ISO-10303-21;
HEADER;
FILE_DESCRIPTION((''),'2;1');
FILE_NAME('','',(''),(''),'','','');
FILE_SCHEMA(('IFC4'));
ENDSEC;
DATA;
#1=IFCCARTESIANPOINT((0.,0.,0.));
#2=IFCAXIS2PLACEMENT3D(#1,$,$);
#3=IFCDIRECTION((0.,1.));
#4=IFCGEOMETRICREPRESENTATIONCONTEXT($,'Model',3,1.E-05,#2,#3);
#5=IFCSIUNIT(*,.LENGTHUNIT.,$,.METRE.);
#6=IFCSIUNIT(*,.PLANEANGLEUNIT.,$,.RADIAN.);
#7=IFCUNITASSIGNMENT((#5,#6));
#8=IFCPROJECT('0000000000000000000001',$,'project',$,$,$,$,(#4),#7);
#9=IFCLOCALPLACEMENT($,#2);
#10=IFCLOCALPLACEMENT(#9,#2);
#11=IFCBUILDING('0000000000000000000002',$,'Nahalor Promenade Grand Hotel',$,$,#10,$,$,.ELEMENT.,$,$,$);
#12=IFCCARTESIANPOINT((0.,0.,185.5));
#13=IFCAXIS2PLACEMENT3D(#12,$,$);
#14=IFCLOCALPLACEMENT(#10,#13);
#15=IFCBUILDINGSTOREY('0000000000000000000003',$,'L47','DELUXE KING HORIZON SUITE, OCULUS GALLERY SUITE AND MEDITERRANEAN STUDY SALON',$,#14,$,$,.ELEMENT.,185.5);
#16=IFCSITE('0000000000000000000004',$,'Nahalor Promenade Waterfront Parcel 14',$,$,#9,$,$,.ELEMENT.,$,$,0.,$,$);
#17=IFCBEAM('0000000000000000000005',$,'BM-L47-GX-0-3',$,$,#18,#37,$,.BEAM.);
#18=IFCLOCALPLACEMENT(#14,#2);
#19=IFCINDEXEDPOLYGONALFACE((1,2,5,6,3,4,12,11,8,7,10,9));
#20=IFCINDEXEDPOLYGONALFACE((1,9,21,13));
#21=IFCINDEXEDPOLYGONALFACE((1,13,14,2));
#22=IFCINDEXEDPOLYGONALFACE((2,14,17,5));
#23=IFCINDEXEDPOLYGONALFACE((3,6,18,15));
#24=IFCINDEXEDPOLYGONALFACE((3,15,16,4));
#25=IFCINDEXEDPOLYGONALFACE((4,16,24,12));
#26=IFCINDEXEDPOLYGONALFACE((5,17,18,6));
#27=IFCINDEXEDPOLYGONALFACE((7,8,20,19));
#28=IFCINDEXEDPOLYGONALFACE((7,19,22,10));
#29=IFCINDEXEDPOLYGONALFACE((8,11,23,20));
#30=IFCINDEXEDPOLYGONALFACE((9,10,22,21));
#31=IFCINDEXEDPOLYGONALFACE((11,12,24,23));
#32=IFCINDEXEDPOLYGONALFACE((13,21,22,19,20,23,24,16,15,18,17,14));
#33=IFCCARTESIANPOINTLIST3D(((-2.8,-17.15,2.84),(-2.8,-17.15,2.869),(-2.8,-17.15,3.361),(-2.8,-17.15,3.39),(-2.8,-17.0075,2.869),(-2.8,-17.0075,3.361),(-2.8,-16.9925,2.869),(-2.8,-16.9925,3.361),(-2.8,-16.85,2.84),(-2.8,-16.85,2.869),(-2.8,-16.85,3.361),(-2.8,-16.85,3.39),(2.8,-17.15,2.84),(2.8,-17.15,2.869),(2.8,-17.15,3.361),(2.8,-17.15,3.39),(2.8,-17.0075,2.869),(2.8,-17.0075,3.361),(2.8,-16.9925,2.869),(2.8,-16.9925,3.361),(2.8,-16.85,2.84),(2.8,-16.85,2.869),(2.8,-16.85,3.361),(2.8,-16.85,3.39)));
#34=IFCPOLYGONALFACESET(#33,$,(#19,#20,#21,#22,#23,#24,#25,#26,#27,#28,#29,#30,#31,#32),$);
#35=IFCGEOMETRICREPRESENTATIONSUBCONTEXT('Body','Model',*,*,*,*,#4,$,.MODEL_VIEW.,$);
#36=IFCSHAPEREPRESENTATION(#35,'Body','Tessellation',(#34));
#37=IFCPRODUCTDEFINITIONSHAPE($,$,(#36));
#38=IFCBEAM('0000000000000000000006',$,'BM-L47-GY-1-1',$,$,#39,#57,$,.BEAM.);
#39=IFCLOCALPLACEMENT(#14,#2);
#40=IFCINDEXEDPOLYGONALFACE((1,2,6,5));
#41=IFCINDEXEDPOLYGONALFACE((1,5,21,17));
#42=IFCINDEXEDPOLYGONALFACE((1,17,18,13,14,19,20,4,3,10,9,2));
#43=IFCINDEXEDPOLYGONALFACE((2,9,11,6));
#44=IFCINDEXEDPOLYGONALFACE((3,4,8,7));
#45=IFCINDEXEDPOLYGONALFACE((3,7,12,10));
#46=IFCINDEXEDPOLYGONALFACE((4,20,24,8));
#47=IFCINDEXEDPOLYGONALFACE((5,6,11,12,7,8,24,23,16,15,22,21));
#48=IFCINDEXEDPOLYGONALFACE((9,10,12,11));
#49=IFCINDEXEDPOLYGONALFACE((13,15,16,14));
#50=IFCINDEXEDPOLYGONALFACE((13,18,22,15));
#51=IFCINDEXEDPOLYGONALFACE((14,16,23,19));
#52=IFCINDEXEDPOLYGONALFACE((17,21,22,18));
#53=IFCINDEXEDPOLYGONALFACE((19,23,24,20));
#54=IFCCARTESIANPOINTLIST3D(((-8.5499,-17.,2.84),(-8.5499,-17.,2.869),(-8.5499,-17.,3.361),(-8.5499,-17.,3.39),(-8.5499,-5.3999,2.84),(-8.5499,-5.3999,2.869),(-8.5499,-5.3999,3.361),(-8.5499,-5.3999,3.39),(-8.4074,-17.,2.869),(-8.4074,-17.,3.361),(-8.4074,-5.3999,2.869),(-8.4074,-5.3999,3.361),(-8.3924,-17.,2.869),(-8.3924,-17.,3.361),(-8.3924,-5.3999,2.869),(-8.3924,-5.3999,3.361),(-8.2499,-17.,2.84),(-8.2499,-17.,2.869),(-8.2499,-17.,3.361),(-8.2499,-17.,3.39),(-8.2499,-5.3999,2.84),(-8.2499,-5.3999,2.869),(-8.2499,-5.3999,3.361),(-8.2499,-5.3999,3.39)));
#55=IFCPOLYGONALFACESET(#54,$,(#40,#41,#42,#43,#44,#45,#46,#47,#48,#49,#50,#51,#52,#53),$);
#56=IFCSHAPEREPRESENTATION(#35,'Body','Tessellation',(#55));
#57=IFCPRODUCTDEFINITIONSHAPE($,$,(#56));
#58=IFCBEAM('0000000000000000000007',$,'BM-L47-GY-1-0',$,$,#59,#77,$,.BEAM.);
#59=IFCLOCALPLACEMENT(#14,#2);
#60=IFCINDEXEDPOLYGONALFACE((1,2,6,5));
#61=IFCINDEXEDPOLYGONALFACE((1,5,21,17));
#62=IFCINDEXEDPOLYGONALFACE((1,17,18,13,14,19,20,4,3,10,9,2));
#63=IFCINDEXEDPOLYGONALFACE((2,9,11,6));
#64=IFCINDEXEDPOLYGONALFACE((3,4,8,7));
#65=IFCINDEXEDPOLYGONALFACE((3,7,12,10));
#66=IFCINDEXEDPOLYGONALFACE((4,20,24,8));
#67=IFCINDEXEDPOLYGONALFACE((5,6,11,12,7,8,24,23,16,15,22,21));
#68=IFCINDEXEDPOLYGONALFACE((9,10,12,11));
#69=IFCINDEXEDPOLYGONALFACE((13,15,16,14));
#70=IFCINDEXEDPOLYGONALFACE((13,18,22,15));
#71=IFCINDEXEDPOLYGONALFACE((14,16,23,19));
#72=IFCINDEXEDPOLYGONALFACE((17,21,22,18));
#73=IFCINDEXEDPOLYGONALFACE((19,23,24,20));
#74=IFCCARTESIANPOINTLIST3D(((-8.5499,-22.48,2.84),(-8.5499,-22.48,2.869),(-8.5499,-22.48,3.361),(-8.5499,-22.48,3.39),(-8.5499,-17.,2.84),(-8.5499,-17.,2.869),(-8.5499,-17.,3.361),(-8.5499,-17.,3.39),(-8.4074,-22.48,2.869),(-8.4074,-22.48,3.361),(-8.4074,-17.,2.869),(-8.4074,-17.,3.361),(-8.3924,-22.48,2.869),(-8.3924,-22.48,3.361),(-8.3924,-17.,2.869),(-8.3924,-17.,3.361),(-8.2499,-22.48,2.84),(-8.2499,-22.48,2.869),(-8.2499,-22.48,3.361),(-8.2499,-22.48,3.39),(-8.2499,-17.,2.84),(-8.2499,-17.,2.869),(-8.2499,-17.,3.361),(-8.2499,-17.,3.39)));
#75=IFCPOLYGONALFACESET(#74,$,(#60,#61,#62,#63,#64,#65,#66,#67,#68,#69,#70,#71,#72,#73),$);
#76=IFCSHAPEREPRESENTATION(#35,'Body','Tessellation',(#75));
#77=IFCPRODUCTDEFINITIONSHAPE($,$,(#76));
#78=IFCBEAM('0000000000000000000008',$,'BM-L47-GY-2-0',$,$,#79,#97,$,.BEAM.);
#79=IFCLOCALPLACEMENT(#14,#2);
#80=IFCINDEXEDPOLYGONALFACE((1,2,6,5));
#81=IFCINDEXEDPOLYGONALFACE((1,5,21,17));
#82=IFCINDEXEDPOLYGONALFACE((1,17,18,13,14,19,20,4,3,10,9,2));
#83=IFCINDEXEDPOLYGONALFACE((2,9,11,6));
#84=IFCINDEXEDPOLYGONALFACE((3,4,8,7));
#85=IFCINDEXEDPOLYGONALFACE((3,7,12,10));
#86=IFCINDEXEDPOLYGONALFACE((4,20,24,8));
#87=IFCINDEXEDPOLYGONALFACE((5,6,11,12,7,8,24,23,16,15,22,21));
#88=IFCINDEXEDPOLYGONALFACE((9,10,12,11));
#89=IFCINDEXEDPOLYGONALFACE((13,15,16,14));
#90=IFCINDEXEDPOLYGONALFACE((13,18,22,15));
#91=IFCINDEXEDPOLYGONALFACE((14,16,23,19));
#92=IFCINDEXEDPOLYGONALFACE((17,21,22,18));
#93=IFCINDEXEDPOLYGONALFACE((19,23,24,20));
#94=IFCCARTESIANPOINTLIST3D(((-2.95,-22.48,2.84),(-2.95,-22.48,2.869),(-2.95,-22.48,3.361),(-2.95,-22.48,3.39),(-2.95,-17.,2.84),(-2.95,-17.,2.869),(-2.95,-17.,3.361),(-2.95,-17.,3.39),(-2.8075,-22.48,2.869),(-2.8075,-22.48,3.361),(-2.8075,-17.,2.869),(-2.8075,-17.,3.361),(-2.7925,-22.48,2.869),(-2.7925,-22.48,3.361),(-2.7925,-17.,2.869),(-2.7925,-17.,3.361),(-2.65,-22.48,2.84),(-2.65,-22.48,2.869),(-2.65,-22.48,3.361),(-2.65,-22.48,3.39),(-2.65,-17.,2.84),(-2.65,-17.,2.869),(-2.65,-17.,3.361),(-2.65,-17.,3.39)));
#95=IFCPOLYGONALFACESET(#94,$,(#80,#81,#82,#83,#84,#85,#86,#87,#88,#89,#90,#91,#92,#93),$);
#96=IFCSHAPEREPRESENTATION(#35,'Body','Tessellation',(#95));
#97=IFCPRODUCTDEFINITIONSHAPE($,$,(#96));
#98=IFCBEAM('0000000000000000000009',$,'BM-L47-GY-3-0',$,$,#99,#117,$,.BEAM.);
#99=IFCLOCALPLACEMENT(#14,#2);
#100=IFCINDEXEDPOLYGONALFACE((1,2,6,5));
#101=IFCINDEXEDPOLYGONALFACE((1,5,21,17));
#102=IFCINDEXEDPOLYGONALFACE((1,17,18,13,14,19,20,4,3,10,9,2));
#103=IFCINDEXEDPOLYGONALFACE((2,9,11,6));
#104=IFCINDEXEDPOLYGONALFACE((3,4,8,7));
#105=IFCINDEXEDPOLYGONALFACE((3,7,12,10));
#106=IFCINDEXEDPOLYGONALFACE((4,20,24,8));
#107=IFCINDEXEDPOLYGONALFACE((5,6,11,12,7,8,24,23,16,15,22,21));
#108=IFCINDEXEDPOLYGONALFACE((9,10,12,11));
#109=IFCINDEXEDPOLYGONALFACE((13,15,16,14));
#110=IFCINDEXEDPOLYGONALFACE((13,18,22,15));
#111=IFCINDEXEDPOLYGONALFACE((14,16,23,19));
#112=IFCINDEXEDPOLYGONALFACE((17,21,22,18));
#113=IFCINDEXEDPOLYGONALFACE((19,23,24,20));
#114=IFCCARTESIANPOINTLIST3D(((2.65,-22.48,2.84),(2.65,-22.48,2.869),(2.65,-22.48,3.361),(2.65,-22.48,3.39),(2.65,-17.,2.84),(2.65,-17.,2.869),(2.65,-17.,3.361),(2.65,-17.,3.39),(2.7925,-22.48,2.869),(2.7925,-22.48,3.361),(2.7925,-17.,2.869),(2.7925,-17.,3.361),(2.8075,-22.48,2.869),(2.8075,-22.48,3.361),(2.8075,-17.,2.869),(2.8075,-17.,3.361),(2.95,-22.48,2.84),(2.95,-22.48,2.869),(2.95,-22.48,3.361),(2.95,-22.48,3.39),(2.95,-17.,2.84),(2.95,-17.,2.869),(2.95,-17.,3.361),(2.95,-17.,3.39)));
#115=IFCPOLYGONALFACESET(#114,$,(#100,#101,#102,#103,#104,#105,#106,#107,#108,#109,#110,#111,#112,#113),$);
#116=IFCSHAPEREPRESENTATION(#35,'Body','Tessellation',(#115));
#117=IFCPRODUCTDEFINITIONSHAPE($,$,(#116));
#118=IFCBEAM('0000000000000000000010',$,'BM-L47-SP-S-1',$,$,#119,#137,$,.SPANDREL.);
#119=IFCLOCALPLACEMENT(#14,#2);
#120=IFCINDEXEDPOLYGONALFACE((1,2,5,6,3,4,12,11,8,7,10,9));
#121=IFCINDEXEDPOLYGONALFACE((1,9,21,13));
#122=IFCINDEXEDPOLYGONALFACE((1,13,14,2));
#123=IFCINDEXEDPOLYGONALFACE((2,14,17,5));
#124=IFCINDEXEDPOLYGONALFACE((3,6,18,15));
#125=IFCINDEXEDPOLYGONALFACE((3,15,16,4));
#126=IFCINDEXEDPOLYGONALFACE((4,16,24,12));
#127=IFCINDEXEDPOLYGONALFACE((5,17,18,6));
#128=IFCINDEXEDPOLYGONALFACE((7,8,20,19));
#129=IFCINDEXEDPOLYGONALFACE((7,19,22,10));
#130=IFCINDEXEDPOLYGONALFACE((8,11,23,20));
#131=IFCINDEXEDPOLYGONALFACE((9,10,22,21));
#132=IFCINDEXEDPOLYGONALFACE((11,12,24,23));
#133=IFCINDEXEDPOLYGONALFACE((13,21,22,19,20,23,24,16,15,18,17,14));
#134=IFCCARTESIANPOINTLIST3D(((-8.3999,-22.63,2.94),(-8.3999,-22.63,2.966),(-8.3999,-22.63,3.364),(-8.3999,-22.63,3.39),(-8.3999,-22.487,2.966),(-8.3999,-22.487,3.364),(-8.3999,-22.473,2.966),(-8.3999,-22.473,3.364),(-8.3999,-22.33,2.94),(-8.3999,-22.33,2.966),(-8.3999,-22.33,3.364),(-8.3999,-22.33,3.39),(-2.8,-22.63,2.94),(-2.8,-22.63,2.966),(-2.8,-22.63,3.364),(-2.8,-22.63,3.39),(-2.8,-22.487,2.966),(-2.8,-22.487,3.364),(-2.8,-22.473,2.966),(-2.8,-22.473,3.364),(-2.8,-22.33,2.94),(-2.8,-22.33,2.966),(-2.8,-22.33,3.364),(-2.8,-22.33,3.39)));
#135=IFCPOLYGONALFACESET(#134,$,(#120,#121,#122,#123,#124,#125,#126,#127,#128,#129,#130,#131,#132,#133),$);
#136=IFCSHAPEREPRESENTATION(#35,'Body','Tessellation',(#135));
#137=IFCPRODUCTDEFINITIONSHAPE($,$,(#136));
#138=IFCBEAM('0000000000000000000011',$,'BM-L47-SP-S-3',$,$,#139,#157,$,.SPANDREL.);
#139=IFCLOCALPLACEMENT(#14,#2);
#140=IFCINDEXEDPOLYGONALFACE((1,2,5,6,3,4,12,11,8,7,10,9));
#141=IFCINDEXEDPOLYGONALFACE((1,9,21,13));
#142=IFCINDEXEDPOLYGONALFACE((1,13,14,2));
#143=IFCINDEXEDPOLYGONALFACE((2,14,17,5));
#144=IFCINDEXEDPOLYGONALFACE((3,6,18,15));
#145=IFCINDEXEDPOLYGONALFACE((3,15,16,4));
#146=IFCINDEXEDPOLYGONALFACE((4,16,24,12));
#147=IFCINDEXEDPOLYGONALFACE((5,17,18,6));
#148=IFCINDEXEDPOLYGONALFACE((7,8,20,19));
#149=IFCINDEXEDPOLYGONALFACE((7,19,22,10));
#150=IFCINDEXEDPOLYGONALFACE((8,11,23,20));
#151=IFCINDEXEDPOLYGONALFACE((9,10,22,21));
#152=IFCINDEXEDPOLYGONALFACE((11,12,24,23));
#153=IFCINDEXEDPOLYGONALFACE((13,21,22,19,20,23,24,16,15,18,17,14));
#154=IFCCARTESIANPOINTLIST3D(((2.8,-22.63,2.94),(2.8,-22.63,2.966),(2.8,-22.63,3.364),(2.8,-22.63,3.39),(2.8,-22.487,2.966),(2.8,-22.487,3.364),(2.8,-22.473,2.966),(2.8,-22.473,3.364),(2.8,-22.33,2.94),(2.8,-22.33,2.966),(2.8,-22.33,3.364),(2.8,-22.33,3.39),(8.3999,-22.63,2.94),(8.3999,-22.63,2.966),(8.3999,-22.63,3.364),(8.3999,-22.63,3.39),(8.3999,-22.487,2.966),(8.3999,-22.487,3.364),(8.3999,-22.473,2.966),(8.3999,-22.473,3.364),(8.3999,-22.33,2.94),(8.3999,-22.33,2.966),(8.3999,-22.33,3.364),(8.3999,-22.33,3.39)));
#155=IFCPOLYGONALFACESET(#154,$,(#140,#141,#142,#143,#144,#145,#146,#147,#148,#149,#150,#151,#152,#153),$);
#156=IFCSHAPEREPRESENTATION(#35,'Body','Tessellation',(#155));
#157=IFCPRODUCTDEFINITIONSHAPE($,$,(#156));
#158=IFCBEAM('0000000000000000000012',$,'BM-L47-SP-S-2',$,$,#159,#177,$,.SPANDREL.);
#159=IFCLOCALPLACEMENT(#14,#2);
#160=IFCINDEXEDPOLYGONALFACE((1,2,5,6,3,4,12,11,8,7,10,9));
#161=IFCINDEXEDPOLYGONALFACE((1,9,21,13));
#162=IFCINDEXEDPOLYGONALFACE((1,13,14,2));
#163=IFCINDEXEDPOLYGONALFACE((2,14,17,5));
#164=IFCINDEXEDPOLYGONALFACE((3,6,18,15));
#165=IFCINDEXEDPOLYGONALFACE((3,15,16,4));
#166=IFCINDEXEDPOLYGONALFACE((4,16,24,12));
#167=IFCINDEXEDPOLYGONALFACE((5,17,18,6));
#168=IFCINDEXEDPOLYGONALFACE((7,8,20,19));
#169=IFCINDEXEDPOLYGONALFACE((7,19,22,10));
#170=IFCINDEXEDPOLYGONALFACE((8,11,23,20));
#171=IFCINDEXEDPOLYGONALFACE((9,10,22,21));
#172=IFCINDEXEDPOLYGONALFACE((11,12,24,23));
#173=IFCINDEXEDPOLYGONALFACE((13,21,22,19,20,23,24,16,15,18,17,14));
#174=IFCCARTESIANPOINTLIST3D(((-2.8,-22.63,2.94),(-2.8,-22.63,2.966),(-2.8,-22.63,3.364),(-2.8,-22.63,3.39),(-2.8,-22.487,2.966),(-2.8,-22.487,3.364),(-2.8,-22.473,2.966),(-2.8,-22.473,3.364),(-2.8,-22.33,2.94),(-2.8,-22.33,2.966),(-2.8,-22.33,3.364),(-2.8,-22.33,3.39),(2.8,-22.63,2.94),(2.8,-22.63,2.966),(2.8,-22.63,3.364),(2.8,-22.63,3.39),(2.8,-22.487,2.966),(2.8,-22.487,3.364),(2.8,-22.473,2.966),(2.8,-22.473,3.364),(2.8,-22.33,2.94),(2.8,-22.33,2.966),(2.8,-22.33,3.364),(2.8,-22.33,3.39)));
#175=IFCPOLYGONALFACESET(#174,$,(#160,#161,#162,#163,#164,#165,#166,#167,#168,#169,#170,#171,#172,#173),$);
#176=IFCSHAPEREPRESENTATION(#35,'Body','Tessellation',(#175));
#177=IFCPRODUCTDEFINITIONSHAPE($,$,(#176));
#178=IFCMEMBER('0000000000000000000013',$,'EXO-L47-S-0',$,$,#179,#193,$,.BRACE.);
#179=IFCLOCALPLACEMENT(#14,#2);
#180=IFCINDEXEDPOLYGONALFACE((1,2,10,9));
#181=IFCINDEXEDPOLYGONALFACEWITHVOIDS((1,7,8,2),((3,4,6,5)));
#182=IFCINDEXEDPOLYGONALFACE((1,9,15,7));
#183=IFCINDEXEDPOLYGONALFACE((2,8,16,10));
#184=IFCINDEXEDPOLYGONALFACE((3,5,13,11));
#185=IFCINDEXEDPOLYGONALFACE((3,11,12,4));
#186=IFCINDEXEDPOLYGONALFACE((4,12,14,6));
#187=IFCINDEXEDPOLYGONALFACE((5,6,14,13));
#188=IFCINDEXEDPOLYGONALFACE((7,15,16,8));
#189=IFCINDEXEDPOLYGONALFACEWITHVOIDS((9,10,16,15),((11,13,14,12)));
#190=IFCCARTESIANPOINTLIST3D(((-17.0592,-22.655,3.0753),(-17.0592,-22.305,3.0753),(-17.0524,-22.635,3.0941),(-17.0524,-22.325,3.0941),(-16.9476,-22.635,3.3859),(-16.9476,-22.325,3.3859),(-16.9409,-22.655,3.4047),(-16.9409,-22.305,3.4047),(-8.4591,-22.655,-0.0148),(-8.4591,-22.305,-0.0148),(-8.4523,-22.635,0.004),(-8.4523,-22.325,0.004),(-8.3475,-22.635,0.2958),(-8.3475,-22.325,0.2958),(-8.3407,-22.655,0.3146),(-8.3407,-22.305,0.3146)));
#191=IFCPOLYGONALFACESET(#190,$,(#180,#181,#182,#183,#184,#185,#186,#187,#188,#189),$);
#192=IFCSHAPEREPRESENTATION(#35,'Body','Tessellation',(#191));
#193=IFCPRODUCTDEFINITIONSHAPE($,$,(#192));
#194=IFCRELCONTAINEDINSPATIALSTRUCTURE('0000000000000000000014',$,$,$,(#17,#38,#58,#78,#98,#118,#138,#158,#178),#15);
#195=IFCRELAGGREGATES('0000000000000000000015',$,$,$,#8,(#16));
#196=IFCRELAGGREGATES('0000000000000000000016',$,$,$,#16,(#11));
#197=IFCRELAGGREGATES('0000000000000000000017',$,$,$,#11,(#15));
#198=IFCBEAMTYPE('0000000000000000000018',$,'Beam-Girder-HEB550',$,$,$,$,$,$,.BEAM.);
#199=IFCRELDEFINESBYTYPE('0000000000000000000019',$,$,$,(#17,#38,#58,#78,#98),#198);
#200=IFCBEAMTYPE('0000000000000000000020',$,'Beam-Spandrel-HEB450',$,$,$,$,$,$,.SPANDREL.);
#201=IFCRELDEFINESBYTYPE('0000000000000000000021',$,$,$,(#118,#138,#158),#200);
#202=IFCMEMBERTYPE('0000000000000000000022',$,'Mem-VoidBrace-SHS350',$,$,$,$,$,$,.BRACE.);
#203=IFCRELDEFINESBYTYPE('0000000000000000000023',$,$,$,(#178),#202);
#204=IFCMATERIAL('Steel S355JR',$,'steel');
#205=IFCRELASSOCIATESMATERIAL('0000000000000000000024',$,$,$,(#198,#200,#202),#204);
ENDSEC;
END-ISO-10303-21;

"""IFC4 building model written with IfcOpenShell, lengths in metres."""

from ifc_helpers import new_model, si_unit, direction, frame, origin, origin_2d, place, context, subcontext, project, spatial, hollow_rectangle, i_section, extrude, source, transform, mapped, material, material_profile, profile_set, type_object, element, save


model = new_model("IFC4")

# Units and contexts
model_context = context("Model", 3, precision=1e-05, world=origin(), true_north=direction((0.0, 1.0)))
body_context = subcontext(model_context, "Body", "Model", "MODEL_VIEW")
ifc_project = project(units=[si_unit("LENGTHUNIT", "METRE"), si_unit("PLANEANGLEUNIT", "RADIAN")], contexts=[model_context])

# Site, building, storey
site_placement = place(None, origin())
site = spatial("IfcSite", under=ifc_project, at=site_placement, Name="Nahalor Promenade Waterfront Parcel 14", CompositionType="ELEMENT", RefElevation=0.0)
building_placement = place(site_placement, origin())
building = spatial("IfcBuilding", under=site, at=building_placement, Name="Nahalor Promenade Grand Hotel", CompositionType="ELEMENT")
storey_placement = place(building_placement, frame((0.0, 0.0, 185.5)))
storey = spatial("IfcBuildingStorey", under=building, at=storey_placement, Name="L47", Description="DELUXE KING HORIZON SUITE, OCULUS GALLERY SUITE AND MEDITERRANEAN STUDY SALON", CompositionType="ELEMENT", Elevation=185.5)

# Beams
ifc_material_1 = material(Name="Steel S355JR", Category="steel")
ifc_material_profile_1 = material_profile(ifc_material_1, i_section(OverallWidth=0.3, OverallDepth=0.55, WebThickness=0.015, FlangeThickness=0.029, at=origin_2d()), Name="HEB 550")
ifc_profile_set_1 = profile_set([ifc_material_profile_1], Name="Steel S355JR")
beam_type_1 = type_object("IfcBeamType", Name="Beam-Girder-HEB550", PredefinedType="BEAM", material=ifc_profile_set_1)
shared_shape_1 = source(origin(), body_context, "Body", "SweptSolid", [
    extrude(i_section(OverallWidth=0.3, OverallDepth=0.55, WebThickness=0.015, FlangeThickness=0.029, at=origin_2d()), origin(), (0.0, 0.0, 1.0), 5.6001),
])
beam_1_placement = place(storey_placement, frame((-2.8, -17.0, 3.115), z_axis=(1.0, 0.0, 0.0), x_axis=(0.0, 1.0, 0.0)))
element("IfcBeam", 1, at=beam_1_placement, inside=storey, type_object=beam_type_1, Name="BM-L47-GX-0-3", PredefinedType="BEAM", context=body_context, shape_type="MappedRepresentation", body=[
    mapped(shared_shape_1, transform((0.0, 0.0, 0.0), scale=1.0)),
])
shared_shape_2 = source(origin(), body_context, "Body", "SweptSolid", [
    extrude(i_section(OverallWidth=0.3, OverallDepth=0.55, WebThickness=0.015, FlangeThickness=0.029, at=origin_2d()), origin(), (0.0, 0.0, 1.0), 11.6001),
])
beam_2_placement = place(storey_placement, frame((-8.3999, -17.0, 3.115), z_axis=(0.0, 1.0, 0.0), x_axis=(-1.0, 0.0, 0.0)))
element("IfcBeam", 2, at=beam_2_placement, inside=storey, type_object=beam_type_1, Name="BM-L47-GY-1-1", PredefinedType="BEAM", context=body_context, shape_type="MappedRepresentation", body=[
    mapped(shared_shape_2, transform((0.0, 0.0, 0.0), scale=1.0)),
])
shared_shape_3 = source(origin(), body_context, "Body", "SweptSolid", [
    extrude(i_section(OverallWidth=0.3, OverallDepth=0.55, WebThickness=0.015, FlangeThickness=0.029, at=origin_2d()), origin(), (0.0, 0.0, 1.0), 5.48),
])
for number, where, z_axis, x_axis, name in (
    (3, (-8.3999, -22.48, 3.115), (0.0, 1.0, 0.0), (-1.0, 0.0, 0.0), "BM-L47-GY-1-0"),
    (4, (-2.8, -22.48, 3.115), (0.0, 1.0, 0.0), (-1.0, 0.0, 0.0), "BM-L47-GY-2-0"),
    (5, (2.8, -22.48, 3.115), (0.0, 1.0, 0.0), (-1.0, 0.0, 0.0), "BM-L47-GY-3-0"),
):
    element("IfcBeam", number, at=place(storey_placement, frame(where, z_axis=z_axis, x_axis=x_axis)), inside=storey, type_object=beam_type_1, Name=name, PredefinedType="BEAM", context=body_context, shape_type="MappedRepresentation", body=[
        mapped(shared_shape_3, transform((0.0, 0.0, 0.0), scale=1.0)),
    ])
ifc_material_profile_2 = material_profile(ifc_material_1, i_section(OverallWidth=0.3, OverallDepth=0.45, WebThickness=0.014, FlangeThickness=0.026, at=origin_2d()), Name="HEB 450")
ifc_profile_set_2 = profile_set([ifc_material_profile_2], Name="Steel S355JR")
beam_type_2 = type_object("IfcBeamType", Name="Beam-Spandrel-HEB450", PredefinedType="SPANDREL", material=ifc_profile_set_2)
shared_shape_4 = source(origin(), body_context, "Body", "SweptSolid", [
    extrude(i_section(OverallWidth=0.3, OverallDepth=0.45, WebThickness=0.014, FlangeThickness=0.026, at=origin_2d()), origin(), (0.0, 0.0, 1.0), 5.5999),
])
for number, where, z_axis, x_axis, name in (
    (6, (-8.3999, -22.48, 3.165), (1.0, 0.0, 0.0), (0.0, 1.0, 0.0), "BM-L47-SP-S-1"),
    (7, (2.8, -22.48, 3.165), (1.0, 0.0, 0.0), (0.0, 1.0, 0.0), "BM-L47-SP-S-3"),
):
    element("IfcBeam", number, at=place(storey_placement, frame(where, z_axis=z_axis, x_axis=x_axis)), inside=storey, type_object=beam_type_2, Name=name, PredefinedType="SPANDREL", context=body_context, shape_type="MappedRepresentation", body=[
        mapped(shared_shape_4, transform((0.0, 0.0, 0.0), scale=1.0)),
    ])
shared_shape_5 = source(origin(), body_context, "Body", "SweptSolid", [
    extrude(i_section(OverallWidth=0.3, OverallDepth=0.45, WebThickness=0.014, FlangeThickness=0.026, at=origin_2d()), origin(), (0.0, 0.0, 1.0), 5.6001),
])
beam_3_placement = place(storey_placement, frame((-2.8, -22.48, 3.165), z_axis=(1.0, 0.0, 0.0), x_axis=(0.0, 1.0, 0.0)))
element("IfcBeam", 8, at=beam_3_placement, inside=storey, type_object=beam_type_2, Name="BM-L47-SP-S-2", PredefinedType="SPANDREL", context=body_context, shape_type="MappedRepresentation", body=[
    mapped(shared_shape_5, transform((0.0, 0.0, 0.0), scale=1.0)),
])

# Member
ifc_material_profile_3 = material_profile(ifc_material_1, hollow_rectangle(XDim=0.35, YDim=0.35, WallThickness=0.02, at=origin_2d()), Name="SHS 350x350x20")
ifc_profile_set_3 = profile_set([ifc_material_profile_3], Name="Steel S355JR")
member_type_1 = type_object("IfcMemberType", Name="Mem-VoidBrace-SHS350", PredefinedType="BRACE", material=ifc_profile_set_3)
shared_shape_6 = source(origin(), body_context, "Body", "SweptSolid", [
    extrude(hollow_rectangle(XDim=0.35, YDim=0.35, WallThickness=0.02, at=origin_2d()), origin(), (0.0, 0.0, 1.0), 9.1384),
])
member_1_placement = place(storey_placement, frame((-8.3999, -22.48, 0.1499), z_axis=(-0.941095, 0.0, 0.338143), x_axis=(0.0, -1.0, 0.0)))
element("IfcMember", 9, at=member_1_placement, inside=storey, type_object=member_type_1, Name="EXO-L47-S-0", PredefinedType="BRACE", context=body_context, shape_type="MappedRepresentation", body=[
    mapped(shared_shape_6, transform((0.0, 0.0, 0.0), scale=1.0)),
])

save(model, "model.ifc")
